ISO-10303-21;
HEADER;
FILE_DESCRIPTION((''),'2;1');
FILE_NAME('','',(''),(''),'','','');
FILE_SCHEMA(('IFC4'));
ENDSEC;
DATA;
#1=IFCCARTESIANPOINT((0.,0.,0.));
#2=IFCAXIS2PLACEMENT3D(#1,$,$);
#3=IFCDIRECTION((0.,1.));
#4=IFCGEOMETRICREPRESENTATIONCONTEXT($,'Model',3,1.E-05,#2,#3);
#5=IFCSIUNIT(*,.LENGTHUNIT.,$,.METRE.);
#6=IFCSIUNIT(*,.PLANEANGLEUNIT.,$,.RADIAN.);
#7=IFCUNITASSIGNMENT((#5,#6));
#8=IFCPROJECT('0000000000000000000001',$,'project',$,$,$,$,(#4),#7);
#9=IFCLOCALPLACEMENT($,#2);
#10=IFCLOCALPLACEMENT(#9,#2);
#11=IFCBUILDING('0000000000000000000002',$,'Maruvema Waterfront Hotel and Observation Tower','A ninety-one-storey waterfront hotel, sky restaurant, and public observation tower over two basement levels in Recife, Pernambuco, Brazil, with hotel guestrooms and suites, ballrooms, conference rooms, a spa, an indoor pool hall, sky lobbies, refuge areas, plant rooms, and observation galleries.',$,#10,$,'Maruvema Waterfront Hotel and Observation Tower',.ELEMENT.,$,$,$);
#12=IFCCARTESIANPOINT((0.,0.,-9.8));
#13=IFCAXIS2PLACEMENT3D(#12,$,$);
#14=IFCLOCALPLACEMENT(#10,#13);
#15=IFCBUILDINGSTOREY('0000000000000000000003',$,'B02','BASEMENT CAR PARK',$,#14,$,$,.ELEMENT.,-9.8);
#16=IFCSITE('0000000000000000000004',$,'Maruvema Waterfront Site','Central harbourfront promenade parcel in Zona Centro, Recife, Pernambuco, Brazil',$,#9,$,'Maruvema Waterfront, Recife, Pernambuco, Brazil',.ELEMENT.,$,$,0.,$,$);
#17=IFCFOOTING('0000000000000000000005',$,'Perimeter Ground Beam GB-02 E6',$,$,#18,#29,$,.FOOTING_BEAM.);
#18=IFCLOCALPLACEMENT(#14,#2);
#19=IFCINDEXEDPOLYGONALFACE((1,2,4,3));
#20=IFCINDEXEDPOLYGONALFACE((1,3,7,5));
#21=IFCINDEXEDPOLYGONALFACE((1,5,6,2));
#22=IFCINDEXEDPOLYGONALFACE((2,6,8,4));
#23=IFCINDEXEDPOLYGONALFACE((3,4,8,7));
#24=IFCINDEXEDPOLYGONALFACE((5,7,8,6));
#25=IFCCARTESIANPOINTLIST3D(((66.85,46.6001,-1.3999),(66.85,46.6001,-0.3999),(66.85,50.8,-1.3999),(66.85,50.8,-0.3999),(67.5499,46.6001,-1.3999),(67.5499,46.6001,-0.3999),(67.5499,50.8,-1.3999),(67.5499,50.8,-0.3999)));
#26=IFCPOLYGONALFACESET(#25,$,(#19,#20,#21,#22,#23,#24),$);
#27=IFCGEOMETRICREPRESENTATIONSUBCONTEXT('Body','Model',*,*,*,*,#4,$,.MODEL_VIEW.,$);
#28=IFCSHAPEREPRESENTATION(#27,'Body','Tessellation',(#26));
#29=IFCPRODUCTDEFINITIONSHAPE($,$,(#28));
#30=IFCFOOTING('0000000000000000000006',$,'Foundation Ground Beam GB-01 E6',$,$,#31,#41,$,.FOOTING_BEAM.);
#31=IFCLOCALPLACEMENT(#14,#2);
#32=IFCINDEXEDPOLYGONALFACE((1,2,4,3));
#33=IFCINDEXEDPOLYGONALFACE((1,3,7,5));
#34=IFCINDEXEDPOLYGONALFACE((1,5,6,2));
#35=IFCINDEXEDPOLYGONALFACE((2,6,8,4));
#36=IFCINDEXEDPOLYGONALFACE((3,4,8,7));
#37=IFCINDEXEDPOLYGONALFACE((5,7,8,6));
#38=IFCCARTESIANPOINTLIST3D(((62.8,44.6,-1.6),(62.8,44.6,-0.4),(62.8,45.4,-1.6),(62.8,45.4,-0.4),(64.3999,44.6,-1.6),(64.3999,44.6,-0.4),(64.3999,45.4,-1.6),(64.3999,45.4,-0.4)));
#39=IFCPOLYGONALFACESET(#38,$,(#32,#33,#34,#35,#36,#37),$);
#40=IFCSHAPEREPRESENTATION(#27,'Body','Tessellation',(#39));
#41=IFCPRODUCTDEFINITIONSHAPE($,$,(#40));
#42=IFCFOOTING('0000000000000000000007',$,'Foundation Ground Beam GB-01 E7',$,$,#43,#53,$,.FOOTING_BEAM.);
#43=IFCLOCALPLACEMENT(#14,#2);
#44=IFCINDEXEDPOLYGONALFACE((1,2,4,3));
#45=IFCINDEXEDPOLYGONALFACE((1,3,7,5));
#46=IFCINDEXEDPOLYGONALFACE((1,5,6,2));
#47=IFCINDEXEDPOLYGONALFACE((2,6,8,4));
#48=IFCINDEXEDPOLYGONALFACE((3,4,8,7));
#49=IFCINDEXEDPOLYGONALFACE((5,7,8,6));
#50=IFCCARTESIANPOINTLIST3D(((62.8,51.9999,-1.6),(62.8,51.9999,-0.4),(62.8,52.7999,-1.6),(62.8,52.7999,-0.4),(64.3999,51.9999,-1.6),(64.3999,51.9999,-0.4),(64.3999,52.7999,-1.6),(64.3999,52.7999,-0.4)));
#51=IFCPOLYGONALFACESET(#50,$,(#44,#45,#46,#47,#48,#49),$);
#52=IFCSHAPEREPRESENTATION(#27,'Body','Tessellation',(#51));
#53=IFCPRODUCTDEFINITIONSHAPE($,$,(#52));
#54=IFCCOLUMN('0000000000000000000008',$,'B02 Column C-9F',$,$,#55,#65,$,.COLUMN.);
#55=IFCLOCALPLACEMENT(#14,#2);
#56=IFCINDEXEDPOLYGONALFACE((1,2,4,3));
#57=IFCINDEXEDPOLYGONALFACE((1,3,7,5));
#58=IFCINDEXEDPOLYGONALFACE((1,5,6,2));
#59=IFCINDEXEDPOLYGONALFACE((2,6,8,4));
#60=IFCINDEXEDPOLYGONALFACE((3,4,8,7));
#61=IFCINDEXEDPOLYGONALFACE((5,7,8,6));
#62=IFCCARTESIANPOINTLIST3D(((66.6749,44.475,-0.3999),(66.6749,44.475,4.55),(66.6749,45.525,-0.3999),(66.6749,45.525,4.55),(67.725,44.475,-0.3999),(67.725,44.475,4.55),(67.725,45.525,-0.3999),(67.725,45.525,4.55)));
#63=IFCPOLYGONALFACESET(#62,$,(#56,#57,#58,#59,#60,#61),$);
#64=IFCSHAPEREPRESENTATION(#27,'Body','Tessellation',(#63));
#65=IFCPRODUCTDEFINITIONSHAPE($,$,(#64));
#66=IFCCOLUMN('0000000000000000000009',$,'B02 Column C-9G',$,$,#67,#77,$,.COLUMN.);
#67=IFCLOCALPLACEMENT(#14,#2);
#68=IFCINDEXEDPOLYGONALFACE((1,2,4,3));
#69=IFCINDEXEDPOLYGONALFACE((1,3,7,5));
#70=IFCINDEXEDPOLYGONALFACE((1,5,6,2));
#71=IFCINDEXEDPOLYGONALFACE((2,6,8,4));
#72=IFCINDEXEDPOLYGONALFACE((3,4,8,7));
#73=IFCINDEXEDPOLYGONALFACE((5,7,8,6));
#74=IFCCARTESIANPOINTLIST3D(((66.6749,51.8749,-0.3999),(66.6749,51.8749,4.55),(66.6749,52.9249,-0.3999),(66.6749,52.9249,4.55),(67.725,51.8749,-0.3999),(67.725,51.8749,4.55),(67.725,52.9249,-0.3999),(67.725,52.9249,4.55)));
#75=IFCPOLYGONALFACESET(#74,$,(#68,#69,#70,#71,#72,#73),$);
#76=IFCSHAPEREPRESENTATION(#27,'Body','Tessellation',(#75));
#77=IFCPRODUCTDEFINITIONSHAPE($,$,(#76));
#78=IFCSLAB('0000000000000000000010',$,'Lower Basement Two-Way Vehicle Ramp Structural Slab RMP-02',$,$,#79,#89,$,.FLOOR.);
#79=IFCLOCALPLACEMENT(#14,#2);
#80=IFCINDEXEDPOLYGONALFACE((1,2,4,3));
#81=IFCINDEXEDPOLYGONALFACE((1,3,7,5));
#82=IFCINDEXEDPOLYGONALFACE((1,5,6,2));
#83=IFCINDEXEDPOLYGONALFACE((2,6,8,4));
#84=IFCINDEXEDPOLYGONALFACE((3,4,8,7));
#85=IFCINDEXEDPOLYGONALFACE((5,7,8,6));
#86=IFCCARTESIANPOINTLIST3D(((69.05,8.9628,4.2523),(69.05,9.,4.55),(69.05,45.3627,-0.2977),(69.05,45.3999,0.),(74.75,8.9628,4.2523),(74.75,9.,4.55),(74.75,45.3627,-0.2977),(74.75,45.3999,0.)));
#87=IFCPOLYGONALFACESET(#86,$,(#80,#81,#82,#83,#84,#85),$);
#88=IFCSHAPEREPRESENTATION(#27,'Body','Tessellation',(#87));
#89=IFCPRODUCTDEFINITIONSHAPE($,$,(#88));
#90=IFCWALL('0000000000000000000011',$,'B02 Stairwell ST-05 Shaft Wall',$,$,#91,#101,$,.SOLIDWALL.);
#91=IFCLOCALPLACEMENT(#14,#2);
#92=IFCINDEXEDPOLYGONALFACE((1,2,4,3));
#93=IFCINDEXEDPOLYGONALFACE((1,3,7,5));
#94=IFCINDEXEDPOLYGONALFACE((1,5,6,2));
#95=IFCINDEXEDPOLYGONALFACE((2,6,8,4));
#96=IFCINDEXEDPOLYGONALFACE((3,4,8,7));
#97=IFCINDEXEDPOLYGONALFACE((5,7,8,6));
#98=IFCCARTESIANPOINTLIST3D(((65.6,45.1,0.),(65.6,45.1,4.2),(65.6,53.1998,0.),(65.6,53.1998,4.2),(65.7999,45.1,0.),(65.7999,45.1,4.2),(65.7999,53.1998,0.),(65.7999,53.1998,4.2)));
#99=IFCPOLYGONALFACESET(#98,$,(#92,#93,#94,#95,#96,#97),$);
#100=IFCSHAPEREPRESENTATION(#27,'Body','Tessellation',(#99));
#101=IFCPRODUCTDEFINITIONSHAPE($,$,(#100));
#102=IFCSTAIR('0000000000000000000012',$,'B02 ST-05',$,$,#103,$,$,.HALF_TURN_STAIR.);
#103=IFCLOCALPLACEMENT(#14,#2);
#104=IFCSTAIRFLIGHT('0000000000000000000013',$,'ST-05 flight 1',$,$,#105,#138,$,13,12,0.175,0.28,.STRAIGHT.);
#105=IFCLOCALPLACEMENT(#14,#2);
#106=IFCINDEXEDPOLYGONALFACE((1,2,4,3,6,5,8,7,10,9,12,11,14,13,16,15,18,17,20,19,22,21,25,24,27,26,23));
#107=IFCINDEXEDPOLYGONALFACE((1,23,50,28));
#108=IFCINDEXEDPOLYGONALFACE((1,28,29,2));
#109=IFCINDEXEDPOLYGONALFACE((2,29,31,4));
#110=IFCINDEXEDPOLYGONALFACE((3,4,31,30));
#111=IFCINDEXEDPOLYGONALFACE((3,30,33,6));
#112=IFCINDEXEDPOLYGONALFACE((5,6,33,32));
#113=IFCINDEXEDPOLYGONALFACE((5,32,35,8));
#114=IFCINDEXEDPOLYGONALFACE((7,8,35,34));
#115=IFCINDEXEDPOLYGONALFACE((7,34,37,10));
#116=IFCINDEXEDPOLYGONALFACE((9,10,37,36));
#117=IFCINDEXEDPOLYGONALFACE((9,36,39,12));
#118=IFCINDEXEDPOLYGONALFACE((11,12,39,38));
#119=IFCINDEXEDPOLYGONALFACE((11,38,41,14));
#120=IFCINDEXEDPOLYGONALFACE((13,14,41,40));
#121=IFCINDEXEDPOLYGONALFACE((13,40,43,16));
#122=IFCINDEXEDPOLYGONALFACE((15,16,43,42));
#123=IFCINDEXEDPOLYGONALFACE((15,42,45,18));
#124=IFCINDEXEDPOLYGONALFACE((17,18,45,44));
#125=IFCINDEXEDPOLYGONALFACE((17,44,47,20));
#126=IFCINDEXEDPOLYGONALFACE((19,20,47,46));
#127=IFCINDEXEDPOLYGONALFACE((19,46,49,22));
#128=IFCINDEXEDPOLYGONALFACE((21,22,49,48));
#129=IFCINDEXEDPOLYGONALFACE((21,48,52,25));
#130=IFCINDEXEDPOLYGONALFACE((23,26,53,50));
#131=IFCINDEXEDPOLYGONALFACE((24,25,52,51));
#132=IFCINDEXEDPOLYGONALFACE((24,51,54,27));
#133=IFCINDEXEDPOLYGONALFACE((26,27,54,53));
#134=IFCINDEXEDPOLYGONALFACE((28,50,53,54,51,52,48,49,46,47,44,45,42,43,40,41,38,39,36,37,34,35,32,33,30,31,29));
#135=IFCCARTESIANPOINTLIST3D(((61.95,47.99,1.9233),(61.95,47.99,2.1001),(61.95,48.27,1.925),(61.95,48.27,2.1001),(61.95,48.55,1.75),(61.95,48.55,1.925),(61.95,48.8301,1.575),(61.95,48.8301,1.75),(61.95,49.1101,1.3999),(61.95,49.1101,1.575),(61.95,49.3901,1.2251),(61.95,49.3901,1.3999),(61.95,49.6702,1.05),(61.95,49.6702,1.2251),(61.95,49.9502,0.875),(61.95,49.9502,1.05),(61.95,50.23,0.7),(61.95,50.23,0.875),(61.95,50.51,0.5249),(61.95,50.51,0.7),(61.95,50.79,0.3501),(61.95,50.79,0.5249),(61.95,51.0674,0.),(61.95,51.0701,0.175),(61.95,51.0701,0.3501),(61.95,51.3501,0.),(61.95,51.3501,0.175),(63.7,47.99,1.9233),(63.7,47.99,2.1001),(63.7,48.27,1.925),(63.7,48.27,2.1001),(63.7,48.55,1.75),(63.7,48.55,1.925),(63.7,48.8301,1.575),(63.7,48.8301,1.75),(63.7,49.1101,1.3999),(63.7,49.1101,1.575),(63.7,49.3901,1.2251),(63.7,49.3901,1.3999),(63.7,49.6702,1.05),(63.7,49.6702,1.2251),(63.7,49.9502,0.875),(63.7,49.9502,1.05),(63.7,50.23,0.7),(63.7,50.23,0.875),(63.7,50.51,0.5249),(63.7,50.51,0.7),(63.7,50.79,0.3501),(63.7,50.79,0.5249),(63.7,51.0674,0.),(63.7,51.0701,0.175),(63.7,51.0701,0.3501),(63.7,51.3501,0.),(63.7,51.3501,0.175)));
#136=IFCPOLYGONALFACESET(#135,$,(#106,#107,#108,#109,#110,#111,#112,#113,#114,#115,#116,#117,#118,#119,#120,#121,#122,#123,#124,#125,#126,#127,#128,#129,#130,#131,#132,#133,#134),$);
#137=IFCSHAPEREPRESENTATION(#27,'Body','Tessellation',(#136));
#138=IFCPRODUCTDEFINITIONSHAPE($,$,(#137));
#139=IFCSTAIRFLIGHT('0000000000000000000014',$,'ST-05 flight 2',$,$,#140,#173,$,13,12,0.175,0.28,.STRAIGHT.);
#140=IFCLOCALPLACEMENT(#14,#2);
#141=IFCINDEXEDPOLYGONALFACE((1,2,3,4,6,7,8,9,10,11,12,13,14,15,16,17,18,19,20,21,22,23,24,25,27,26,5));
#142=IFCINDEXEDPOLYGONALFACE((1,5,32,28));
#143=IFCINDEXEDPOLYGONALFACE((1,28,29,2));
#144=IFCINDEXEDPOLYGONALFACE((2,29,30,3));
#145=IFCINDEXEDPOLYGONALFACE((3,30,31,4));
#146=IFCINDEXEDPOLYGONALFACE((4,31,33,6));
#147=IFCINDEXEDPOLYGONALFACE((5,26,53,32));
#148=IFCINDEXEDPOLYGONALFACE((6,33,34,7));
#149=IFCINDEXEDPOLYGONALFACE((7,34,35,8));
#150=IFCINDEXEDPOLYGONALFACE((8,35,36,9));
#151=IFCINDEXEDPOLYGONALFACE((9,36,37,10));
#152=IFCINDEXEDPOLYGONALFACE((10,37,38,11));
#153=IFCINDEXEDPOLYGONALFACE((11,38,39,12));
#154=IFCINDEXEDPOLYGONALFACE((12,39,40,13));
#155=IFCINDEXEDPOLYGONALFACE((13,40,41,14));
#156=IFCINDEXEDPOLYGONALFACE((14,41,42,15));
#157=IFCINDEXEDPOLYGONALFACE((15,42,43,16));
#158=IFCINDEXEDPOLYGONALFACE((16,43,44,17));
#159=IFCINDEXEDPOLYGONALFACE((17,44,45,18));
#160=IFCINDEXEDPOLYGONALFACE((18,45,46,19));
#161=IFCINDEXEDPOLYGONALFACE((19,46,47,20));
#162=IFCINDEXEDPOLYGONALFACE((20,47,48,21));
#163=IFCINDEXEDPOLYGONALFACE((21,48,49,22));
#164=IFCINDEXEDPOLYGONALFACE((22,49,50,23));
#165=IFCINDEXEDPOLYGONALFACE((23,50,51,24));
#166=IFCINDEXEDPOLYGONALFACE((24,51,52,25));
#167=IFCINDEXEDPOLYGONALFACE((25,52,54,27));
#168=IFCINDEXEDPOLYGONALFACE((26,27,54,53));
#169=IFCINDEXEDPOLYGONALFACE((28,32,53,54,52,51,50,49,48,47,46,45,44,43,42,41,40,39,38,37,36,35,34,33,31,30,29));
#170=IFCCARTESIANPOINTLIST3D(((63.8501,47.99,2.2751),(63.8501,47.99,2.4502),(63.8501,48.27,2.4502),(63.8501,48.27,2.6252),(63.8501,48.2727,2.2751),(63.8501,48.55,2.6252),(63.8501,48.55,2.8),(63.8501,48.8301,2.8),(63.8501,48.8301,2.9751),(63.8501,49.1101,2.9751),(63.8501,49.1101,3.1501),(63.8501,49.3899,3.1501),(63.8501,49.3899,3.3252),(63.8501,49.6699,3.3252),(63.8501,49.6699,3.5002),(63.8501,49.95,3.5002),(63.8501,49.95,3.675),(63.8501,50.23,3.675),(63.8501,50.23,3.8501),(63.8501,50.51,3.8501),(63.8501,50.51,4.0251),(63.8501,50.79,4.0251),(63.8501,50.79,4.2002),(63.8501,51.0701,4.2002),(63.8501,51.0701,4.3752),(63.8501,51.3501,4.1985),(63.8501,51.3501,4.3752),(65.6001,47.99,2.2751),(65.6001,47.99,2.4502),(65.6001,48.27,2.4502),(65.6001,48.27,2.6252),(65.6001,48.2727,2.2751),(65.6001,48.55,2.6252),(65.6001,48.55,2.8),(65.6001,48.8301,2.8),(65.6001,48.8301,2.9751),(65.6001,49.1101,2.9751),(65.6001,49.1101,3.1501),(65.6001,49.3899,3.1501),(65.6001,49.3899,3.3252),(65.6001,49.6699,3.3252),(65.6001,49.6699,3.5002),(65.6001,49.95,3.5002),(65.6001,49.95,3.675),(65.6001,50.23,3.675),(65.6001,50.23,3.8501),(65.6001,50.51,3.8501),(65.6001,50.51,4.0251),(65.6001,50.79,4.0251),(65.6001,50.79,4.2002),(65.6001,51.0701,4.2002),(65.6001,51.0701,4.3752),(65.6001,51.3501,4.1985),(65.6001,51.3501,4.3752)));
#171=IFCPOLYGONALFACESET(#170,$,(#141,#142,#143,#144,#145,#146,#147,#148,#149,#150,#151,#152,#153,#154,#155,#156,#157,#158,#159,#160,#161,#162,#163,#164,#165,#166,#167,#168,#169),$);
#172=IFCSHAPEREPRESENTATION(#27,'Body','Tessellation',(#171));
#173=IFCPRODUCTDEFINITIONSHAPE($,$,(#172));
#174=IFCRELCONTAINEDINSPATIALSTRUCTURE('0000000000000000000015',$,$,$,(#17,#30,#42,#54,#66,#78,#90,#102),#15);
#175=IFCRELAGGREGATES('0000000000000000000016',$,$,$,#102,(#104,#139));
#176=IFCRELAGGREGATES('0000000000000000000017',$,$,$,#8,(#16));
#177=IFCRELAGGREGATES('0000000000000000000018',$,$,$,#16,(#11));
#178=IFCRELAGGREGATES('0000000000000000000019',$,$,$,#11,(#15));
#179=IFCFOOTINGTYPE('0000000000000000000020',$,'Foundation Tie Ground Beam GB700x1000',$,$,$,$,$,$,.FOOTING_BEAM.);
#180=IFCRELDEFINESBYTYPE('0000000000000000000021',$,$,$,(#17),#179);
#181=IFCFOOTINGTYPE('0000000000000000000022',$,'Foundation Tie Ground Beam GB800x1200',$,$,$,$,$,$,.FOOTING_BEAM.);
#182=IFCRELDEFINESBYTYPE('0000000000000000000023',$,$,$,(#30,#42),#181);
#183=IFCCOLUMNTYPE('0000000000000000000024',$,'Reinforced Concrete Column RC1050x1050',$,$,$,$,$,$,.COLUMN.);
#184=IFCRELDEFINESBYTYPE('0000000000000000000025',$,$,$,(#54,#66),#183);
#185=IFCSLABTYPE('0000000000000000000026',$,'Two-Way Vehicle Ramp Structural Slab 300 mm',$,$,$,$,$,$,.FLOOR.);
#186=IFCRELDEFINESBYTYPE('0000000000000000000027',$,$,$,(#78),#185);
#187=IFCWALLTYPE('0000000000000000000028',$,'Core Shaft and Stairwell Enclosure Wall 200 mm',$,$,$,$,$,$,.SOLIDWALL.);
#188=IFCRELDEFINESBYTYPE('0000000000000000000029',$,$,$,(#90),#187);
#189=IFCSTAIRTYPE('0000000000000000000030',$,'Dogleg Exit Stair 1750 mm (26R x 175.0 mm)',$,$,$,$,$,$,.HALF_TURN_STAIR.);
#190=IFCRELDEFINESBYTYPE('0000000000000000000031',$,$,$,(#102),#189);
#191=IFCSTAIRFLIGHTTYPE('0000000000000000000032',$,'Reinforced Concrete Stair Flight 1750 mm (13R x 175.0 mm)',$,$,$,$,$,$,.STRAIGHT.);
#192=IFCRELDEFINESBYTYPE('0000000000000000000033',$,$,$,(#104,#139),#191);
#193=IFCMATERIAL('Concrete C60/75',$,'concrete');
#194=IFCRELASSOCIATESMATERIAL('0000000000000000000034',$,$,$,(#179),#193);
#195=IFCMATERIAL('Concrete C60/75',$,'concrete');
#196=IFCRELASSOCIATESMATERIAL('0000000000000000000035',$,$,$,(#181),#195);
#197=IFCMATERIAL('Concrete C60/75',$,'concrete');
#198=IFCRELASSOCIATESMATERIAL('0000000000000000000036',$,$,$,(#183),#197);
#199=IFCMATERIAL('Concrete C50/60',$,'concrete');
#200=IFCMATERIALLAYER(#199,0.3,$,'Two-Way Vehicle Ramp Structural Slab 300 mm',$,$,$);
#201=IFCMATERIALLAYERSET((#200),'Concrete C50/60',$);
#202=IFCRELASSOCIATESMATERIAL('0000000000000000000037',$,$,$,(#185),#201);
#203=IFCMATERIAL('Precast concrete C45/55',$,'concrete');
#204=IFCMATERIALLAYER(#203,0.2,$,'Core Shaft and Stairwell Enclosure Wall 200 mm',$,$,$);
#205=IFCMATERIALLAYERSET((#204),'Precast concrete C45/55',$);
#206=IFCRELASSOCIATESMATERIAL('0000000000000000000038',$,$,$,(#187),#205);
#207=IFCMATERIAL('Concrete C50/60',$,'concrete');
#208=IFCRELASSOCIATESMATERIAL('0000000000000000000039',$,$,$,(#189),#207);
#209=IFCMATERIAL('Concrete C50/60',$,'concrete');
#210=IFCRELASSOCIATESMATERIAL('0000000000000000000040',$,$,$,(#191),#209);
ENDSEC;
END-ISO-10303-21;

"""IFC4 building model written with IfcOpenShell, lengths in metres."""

from ifc_helpers import new_model, si_unit, direction, frame, frame_2d, origin, origin_2d, place, context, subcontext, project, spatial, polyline, rectangle, outline, extrude, material, layer, layer_set, material_profile, profile_set, type_object, element, aggregate, save


model = new_model("IFC4")

# Units and contexts
model_context = context("Model", 3, precision=1e-05, world=origin(), true_north=direction((0.0, 1.0)))
body_context = subcontext(model_context, "Body", "Model", "MODEL_VIEW")
ifc_project = project(units=[si_unit("LENGTHUNIT", "METRE"), si_unit("PLANEANGLEUNIT", "RADIAN")], contexts=[model_context])

# Site, building, storey
site_placement = place(None, origin())
site = spatial("IfcSite", under=ifc_project, at=site_placement, Name="Maruvema Waterfront Site", Description="Central harbourfront promenade parcel in Zona Centro, Recife, Pernambuco, Brazil", LongName="Maruvema Waterfront, Recife, Pernambuco, Brazil", CompositionType="ELEMENT", RefElevation=0.0)
building_placement = place(site_placement, origin())
building = spatial("IfcBuilding", under=site, at=building_placement, Name="Maruvema Waterfront Hotel and Observation Tower", Description="A ninety-one-storey waterfront hotel, sky restaurant, and public observation tower over two basement levels in Recife, Pernambuco, Brazil, with hotel guestrooms and suites, ballrooms, conference rooms, a spa, an indoor pool hall, sky lobbies, refuge areas, plant rooms, and observation galleries.", LongName="Maruvema Waterfront Hotel and Observation Tower", CompositionType="ELEMENT")
storey_placement = place(building_placement, frame((0.0, 0.0, -9.8)))
storey = spatial("IfcBuildingStorey", under=building, at=storey_placement, Name="B02", Description="BASEMENT CAR PARK", CompositionType="ELEMENT", Elevation=-9.8)

# Footings
ifc_material_1 = material(Name="Concrete C60/75", Category="concrete")
ifc_material_profile_1 = material_profile(ifc_material_1, rectangle(XDim=0.7, YDim=1.0, at=origin_2d()), Name="GB700x1000")
ifc_profile_set_1 = profile_set([ifc_material_profile_1], Name="Concrete C60/75")
footing_type_1 = type_object("IfcFootingType", Name="Foundation Tie Ground Beam GB700x1000", PredefinedType="FOOTING_BEAM", material=ifc_profile_set_1)
footing_placement = place(storey_placement, frame((67.2, 46.6001, -0.8999), z_axis=(0.0, 1.0, 0.0), x_axis=(-1.0, 0.0, 0.0)))
element("IfcFooting", 1, at=footing_placement, inside=storey, type_object=footing_type_1, Name="Perimeter Ground Beam GB-02 E6", PredefinedType="FOOTING_BEAM", context=body_context, shape_type="SweptSolid", body=[
    extrude(rectangle(XDim=0.7, YDim=1.0, at=origin_2d()), origin(), (0.0, 0.0, 1.0), 4.2),
])
ifc_material_2 = material(Name="Concrete C60/75", Category="concrete")
ifc_material_profile_2 = material_profile(ifc_material_2, rectangle(XDim=0.8, YDim=1.2, at=origin_2d()), Name="GB800x1200")
ifc_profile_set_2 = profile_set([ifc_material_profile_2], Name="Concrete C60/75")
footing_type_2 = type_object("IfcFootingType", Name="Foundation Tie Ground Beam GB800x1200", PredefinedType="FOOTING_BEAM", material=ifc_profile_set_2)
for number, where, z_axis, x_axis, name in (
    (2, (62.8, 45.0, -1.0), (1.0, 0.0, 0.0), (0.0, 1.0, 0.0), "Foundation Ground Beam GB-01 E6"),
    (3, (62.8, 52.3999, -1.0), (1.0, 0.0, 0.0), (0.0, 1.0, 0.0), "Foundation Ground Beam GB-01 E7"),
):
    element("IfcFooting", number, at=place(storey_placement, frame(where, z_axis=z_axis, x_axis=x_axis)), inside=storey, type_object=footing_type_2, Name=name, PredefinedType="FOOTING_BEAM", context=body_context, shape_type="SweptSolid", body=[
        extrude(rectangle(XDim=0.8, YDim=1.2, at=origin_2d()), origin(), (0.0, 0.0, 1.0), 1.5999),
    ])

# Columns
ifc_material_3 = material(Name="Concrete C60/75", Category="concrete")
ifc_material_profile_3 = material_profile(ifc_material_3, rectangle(XDim=1.05, YDim=1.05, at=origin_2d()), Name="RC1050x1050")
ifc_profile_set_3 = profile_set([ifc_material_profile_3], Name="Concrete C60/75")
column_type = type_object("IfcColumnType", Name="Reinforced Concrete Column RC1050x1050", PredefinedType="COLUMN", material=ifc_profile_set_3)
for number, where, z_axis, x_axis, name in (
    (4, (67.2, 45.0, -0.3999), (0.0, 0.0, 1.0), (1.0, 0.0, 0.0), "B02 Column C-9F"),
    (5, (67.2, 52.3999, -0.3999), (0.0, 0.0, 1.0), (1.0, 0.0, 0.0), "B02 Column C-9G"),
):
    element("IfcColumn", number, at=place(storey_placement, frame(where, z_axis=z_axis, x_axis=x_axis)), inside=storey, type_object=column_type, Name=name, PredefinedType="COLUMN", context=body_context, shape_type="SweptSolid", body=[
        extrude(rectangle(XDim=1.05, YDim=1.05, at=origin_2d()), origin(), (0.0, 0.0, 1.0), 4.95),
    ])

# Slab
ifc_material_4 = material(Name="Concrete C50/60", Category="concrete")
ifc_layer_1 = layer(ifc_material_4, 0.3, Name="Two-Way Vehicle Ramp Structural Slab 300 mm")
ifc_layer_set_1 = layer_set([ifc_layer_1], Name="Concrete C50/60")
slab_type = type_object("IfcSlabType", Name="Two-Way Vehicle Ramp Structural Slab 300 mm", PredefinedType="FLOOR", material=ifc_layer_set_1)
slab_placement = place(storey_placement, frame((69.05, 45.3999, 0.0), z_axis=(0.0, 0.124036, 0.992278), x_axis=(1.0, 0.0, 0.0)))
element("IfcSlab", 6, at=slab_placement, inside=storey, type_object=slab_type, Name="Lower Basement Two-Way Vehicle Ramp Structural Slab RMP-02", PredefinedType="FLOOR", context=body_context, shape_type="SweptSolid", body=[
    extrude(outline(polyline([(0.0, 0.0), (5.7, 0.0), (5.7, -36.6832), (0.0, -36.6832), (0.0, 0.0)])), origin(), (0.0, 0.0, -1.0), 0.3),
])

# Wall
ifc_material_5 = material(Name="Precast concrete C45/55", Category="concrete")
ifc_layer_2 = layer(ifc_material_5, 0.2, Name="Core Shaft and Stairwell Enclosure Wall 200 mm")
ifc_layer_set_2 = layer_set([ifc_layer_2], Name="Precast concrete C45/55")
wall_type = type_object("IfcWallType", Name="Core Shaft and Stairwell Enclosure Wall 200 mm", PredefinedType="SOLIDWALL", material=ifc_layer_set_2)
wall_placement = place(storey_placement, frame((65.7, 45.1001, 0.0), z_axis=(0.0, 0.0, 1.0), x_axis=(0.0, 1.0, 0.0)))
element("IfcWall", 7, at=wall_placement, inside=storey, type_object=wall_type, Name="B02 Stairwell ST-05 Shaft Wall", PredefinedType="SOLIDWALL", context=body_context, shape_type="SweptSolid", body=[
    extrude(rectangle(XDim=8.0999, YDim=0.2, at=frame_2d((4.0498, 0.0))), origin(), (0.0, 0.0, 1.0), 4.2),
])

# Stair, stair flights
ifc_material_6 = material(Name="Concrete C50/60", Category="concrete")
stair_type = type_object("IfcStairType", Name="Dogleg Exit Stair 1750 mm (26R x 175.0 mm)", PredefinedType="HALF_TURN_STAIR", material=ifc_material_6)
stair_placement = place(storey_placement, origin())
stair = element("IfcStair", 8, at=stair_placement, inside=storey, type_object=stair_type, Name="B02 ST-05", PredefinedType="HALF_TURN_STAIR")
ifc_material_7 = material(Name="Concrete C50/60", Category="concrete")
stair_flight_type = type_object("IfcStairFlightType", Name="Reinforced Concrete Stair Flight 1750 mm (13R x 175.0 mm)", PredefinedType="STRAIGHT", material=ifc_material_7)
stair_flight_1_placement = place(storey_placement, frame((62.825, 51.3501, 0.0), z_axis=(0.0, 0.0, 1.0), x_axis=(0.0, -1.0, 0.0)))
stair_flight_1 = element("IfcStairFlight", 9, at=stair_flight_1_placement, type_object=stair_flight_type, Name="ST-05 flight 1", NumberOfRisers=13, NumberOfTreads=12, PredefinedType="STRAIGHT", RiserHeight=0.175, TreadLength=0.28, context=body_context, shape_type="SweptSolid", body=[
    extrude(outline(polyline([(0.0, 0.0), (0.0, 0.175), (0.28, 0.175), (0.28, 0.3501), (0.5601, 0.3501), (0.5601, 0.5249), (0.8401, 0.5249), (0.8401, 0.7), (1.1201, 0.7), (1.1201, 0.875), (1.3999, 0.875), (1.3999, 1.05), (1.6799, 1.05), (1.6799, 1.2251), (1.96, 1.2251), (1.96, 1.3999), (2.24, 1.3999), (2.24, 1.575), (2.52, 1.575), (2.52, 1.75), (2.8, 1.75), (2.8, 1.925), (3.0801, 1.925), (3.0801, 2.1001), (3.3601, 2.1001), (3.3601, 2.2749), (3.3601, 1.9233), (0.2827, 0.0), (0.0, 0.0)])), frame((0.0, 0.875, 0.0), z_axis=(0.0, -1.0, 0.0), x_axis=(1.0, 0.0, 0.0)), (0.0, 0.0, 1.0), 1.75),
])
stair_flight_2_placement = place(storey_placement, frame((64.7251, 47.99, 2.2751), z_axis=(0.0, 0.0, 1.0), x_axis=(0.0, 1.0, 0.0)))
stair_flight_2 = element("IfcStairFlight", 10, at=stair_flight_2_placement, type_object=stair_flight_type, Name="ST-05 flight 2", NumberOfRisers=13, NumberOfTreads=12, PredefinedType="STRAIGHT", RiserHeight=0.175, TreadLength=0.28, context=body_context, shape_type="SweptSolid", body=[
    extrude(outline(polyline([(0.0, 0.0), (0.0, 0.175), (0.28, 0.175), (0.28, 0.3501), (0.5601, 0.3501), (0.5601, 0.5249), (0.8401, 0.5249), (0.8401, 0.7), (1.1201, 0.7), (1.1201, 0.875), (1.3999, 0.875), (1.3999, 1.05), (1.6799, 1.05), (1.6799, 1.2251), (1.96, 1.2251), (1.96, 1.3999), (2.24, 1.3999), (2.24, 1.575), (2.52, 1.575), (2.52, 1.75), (2.8, 1.75), (2.8, 1.925), (3.0801, 1.925), (3.0801, 2.1001), (3.3601, 2.1001), (3.3601, 2.2749), (3.3601, 1.9233), (0.2827, 0.0), (0.0, 0.0)])), frame((0.0, 0.875, 0.0), z_axis=(0.0, -1.0, 0.0), x_axis=(1.0, 0.0, 0.0)), (0.0, 0.0, 1.0), 1.75),
])
aggregate(stair, [stair_flight_1, stair_flight_2])

save(model, "model.ifc")
